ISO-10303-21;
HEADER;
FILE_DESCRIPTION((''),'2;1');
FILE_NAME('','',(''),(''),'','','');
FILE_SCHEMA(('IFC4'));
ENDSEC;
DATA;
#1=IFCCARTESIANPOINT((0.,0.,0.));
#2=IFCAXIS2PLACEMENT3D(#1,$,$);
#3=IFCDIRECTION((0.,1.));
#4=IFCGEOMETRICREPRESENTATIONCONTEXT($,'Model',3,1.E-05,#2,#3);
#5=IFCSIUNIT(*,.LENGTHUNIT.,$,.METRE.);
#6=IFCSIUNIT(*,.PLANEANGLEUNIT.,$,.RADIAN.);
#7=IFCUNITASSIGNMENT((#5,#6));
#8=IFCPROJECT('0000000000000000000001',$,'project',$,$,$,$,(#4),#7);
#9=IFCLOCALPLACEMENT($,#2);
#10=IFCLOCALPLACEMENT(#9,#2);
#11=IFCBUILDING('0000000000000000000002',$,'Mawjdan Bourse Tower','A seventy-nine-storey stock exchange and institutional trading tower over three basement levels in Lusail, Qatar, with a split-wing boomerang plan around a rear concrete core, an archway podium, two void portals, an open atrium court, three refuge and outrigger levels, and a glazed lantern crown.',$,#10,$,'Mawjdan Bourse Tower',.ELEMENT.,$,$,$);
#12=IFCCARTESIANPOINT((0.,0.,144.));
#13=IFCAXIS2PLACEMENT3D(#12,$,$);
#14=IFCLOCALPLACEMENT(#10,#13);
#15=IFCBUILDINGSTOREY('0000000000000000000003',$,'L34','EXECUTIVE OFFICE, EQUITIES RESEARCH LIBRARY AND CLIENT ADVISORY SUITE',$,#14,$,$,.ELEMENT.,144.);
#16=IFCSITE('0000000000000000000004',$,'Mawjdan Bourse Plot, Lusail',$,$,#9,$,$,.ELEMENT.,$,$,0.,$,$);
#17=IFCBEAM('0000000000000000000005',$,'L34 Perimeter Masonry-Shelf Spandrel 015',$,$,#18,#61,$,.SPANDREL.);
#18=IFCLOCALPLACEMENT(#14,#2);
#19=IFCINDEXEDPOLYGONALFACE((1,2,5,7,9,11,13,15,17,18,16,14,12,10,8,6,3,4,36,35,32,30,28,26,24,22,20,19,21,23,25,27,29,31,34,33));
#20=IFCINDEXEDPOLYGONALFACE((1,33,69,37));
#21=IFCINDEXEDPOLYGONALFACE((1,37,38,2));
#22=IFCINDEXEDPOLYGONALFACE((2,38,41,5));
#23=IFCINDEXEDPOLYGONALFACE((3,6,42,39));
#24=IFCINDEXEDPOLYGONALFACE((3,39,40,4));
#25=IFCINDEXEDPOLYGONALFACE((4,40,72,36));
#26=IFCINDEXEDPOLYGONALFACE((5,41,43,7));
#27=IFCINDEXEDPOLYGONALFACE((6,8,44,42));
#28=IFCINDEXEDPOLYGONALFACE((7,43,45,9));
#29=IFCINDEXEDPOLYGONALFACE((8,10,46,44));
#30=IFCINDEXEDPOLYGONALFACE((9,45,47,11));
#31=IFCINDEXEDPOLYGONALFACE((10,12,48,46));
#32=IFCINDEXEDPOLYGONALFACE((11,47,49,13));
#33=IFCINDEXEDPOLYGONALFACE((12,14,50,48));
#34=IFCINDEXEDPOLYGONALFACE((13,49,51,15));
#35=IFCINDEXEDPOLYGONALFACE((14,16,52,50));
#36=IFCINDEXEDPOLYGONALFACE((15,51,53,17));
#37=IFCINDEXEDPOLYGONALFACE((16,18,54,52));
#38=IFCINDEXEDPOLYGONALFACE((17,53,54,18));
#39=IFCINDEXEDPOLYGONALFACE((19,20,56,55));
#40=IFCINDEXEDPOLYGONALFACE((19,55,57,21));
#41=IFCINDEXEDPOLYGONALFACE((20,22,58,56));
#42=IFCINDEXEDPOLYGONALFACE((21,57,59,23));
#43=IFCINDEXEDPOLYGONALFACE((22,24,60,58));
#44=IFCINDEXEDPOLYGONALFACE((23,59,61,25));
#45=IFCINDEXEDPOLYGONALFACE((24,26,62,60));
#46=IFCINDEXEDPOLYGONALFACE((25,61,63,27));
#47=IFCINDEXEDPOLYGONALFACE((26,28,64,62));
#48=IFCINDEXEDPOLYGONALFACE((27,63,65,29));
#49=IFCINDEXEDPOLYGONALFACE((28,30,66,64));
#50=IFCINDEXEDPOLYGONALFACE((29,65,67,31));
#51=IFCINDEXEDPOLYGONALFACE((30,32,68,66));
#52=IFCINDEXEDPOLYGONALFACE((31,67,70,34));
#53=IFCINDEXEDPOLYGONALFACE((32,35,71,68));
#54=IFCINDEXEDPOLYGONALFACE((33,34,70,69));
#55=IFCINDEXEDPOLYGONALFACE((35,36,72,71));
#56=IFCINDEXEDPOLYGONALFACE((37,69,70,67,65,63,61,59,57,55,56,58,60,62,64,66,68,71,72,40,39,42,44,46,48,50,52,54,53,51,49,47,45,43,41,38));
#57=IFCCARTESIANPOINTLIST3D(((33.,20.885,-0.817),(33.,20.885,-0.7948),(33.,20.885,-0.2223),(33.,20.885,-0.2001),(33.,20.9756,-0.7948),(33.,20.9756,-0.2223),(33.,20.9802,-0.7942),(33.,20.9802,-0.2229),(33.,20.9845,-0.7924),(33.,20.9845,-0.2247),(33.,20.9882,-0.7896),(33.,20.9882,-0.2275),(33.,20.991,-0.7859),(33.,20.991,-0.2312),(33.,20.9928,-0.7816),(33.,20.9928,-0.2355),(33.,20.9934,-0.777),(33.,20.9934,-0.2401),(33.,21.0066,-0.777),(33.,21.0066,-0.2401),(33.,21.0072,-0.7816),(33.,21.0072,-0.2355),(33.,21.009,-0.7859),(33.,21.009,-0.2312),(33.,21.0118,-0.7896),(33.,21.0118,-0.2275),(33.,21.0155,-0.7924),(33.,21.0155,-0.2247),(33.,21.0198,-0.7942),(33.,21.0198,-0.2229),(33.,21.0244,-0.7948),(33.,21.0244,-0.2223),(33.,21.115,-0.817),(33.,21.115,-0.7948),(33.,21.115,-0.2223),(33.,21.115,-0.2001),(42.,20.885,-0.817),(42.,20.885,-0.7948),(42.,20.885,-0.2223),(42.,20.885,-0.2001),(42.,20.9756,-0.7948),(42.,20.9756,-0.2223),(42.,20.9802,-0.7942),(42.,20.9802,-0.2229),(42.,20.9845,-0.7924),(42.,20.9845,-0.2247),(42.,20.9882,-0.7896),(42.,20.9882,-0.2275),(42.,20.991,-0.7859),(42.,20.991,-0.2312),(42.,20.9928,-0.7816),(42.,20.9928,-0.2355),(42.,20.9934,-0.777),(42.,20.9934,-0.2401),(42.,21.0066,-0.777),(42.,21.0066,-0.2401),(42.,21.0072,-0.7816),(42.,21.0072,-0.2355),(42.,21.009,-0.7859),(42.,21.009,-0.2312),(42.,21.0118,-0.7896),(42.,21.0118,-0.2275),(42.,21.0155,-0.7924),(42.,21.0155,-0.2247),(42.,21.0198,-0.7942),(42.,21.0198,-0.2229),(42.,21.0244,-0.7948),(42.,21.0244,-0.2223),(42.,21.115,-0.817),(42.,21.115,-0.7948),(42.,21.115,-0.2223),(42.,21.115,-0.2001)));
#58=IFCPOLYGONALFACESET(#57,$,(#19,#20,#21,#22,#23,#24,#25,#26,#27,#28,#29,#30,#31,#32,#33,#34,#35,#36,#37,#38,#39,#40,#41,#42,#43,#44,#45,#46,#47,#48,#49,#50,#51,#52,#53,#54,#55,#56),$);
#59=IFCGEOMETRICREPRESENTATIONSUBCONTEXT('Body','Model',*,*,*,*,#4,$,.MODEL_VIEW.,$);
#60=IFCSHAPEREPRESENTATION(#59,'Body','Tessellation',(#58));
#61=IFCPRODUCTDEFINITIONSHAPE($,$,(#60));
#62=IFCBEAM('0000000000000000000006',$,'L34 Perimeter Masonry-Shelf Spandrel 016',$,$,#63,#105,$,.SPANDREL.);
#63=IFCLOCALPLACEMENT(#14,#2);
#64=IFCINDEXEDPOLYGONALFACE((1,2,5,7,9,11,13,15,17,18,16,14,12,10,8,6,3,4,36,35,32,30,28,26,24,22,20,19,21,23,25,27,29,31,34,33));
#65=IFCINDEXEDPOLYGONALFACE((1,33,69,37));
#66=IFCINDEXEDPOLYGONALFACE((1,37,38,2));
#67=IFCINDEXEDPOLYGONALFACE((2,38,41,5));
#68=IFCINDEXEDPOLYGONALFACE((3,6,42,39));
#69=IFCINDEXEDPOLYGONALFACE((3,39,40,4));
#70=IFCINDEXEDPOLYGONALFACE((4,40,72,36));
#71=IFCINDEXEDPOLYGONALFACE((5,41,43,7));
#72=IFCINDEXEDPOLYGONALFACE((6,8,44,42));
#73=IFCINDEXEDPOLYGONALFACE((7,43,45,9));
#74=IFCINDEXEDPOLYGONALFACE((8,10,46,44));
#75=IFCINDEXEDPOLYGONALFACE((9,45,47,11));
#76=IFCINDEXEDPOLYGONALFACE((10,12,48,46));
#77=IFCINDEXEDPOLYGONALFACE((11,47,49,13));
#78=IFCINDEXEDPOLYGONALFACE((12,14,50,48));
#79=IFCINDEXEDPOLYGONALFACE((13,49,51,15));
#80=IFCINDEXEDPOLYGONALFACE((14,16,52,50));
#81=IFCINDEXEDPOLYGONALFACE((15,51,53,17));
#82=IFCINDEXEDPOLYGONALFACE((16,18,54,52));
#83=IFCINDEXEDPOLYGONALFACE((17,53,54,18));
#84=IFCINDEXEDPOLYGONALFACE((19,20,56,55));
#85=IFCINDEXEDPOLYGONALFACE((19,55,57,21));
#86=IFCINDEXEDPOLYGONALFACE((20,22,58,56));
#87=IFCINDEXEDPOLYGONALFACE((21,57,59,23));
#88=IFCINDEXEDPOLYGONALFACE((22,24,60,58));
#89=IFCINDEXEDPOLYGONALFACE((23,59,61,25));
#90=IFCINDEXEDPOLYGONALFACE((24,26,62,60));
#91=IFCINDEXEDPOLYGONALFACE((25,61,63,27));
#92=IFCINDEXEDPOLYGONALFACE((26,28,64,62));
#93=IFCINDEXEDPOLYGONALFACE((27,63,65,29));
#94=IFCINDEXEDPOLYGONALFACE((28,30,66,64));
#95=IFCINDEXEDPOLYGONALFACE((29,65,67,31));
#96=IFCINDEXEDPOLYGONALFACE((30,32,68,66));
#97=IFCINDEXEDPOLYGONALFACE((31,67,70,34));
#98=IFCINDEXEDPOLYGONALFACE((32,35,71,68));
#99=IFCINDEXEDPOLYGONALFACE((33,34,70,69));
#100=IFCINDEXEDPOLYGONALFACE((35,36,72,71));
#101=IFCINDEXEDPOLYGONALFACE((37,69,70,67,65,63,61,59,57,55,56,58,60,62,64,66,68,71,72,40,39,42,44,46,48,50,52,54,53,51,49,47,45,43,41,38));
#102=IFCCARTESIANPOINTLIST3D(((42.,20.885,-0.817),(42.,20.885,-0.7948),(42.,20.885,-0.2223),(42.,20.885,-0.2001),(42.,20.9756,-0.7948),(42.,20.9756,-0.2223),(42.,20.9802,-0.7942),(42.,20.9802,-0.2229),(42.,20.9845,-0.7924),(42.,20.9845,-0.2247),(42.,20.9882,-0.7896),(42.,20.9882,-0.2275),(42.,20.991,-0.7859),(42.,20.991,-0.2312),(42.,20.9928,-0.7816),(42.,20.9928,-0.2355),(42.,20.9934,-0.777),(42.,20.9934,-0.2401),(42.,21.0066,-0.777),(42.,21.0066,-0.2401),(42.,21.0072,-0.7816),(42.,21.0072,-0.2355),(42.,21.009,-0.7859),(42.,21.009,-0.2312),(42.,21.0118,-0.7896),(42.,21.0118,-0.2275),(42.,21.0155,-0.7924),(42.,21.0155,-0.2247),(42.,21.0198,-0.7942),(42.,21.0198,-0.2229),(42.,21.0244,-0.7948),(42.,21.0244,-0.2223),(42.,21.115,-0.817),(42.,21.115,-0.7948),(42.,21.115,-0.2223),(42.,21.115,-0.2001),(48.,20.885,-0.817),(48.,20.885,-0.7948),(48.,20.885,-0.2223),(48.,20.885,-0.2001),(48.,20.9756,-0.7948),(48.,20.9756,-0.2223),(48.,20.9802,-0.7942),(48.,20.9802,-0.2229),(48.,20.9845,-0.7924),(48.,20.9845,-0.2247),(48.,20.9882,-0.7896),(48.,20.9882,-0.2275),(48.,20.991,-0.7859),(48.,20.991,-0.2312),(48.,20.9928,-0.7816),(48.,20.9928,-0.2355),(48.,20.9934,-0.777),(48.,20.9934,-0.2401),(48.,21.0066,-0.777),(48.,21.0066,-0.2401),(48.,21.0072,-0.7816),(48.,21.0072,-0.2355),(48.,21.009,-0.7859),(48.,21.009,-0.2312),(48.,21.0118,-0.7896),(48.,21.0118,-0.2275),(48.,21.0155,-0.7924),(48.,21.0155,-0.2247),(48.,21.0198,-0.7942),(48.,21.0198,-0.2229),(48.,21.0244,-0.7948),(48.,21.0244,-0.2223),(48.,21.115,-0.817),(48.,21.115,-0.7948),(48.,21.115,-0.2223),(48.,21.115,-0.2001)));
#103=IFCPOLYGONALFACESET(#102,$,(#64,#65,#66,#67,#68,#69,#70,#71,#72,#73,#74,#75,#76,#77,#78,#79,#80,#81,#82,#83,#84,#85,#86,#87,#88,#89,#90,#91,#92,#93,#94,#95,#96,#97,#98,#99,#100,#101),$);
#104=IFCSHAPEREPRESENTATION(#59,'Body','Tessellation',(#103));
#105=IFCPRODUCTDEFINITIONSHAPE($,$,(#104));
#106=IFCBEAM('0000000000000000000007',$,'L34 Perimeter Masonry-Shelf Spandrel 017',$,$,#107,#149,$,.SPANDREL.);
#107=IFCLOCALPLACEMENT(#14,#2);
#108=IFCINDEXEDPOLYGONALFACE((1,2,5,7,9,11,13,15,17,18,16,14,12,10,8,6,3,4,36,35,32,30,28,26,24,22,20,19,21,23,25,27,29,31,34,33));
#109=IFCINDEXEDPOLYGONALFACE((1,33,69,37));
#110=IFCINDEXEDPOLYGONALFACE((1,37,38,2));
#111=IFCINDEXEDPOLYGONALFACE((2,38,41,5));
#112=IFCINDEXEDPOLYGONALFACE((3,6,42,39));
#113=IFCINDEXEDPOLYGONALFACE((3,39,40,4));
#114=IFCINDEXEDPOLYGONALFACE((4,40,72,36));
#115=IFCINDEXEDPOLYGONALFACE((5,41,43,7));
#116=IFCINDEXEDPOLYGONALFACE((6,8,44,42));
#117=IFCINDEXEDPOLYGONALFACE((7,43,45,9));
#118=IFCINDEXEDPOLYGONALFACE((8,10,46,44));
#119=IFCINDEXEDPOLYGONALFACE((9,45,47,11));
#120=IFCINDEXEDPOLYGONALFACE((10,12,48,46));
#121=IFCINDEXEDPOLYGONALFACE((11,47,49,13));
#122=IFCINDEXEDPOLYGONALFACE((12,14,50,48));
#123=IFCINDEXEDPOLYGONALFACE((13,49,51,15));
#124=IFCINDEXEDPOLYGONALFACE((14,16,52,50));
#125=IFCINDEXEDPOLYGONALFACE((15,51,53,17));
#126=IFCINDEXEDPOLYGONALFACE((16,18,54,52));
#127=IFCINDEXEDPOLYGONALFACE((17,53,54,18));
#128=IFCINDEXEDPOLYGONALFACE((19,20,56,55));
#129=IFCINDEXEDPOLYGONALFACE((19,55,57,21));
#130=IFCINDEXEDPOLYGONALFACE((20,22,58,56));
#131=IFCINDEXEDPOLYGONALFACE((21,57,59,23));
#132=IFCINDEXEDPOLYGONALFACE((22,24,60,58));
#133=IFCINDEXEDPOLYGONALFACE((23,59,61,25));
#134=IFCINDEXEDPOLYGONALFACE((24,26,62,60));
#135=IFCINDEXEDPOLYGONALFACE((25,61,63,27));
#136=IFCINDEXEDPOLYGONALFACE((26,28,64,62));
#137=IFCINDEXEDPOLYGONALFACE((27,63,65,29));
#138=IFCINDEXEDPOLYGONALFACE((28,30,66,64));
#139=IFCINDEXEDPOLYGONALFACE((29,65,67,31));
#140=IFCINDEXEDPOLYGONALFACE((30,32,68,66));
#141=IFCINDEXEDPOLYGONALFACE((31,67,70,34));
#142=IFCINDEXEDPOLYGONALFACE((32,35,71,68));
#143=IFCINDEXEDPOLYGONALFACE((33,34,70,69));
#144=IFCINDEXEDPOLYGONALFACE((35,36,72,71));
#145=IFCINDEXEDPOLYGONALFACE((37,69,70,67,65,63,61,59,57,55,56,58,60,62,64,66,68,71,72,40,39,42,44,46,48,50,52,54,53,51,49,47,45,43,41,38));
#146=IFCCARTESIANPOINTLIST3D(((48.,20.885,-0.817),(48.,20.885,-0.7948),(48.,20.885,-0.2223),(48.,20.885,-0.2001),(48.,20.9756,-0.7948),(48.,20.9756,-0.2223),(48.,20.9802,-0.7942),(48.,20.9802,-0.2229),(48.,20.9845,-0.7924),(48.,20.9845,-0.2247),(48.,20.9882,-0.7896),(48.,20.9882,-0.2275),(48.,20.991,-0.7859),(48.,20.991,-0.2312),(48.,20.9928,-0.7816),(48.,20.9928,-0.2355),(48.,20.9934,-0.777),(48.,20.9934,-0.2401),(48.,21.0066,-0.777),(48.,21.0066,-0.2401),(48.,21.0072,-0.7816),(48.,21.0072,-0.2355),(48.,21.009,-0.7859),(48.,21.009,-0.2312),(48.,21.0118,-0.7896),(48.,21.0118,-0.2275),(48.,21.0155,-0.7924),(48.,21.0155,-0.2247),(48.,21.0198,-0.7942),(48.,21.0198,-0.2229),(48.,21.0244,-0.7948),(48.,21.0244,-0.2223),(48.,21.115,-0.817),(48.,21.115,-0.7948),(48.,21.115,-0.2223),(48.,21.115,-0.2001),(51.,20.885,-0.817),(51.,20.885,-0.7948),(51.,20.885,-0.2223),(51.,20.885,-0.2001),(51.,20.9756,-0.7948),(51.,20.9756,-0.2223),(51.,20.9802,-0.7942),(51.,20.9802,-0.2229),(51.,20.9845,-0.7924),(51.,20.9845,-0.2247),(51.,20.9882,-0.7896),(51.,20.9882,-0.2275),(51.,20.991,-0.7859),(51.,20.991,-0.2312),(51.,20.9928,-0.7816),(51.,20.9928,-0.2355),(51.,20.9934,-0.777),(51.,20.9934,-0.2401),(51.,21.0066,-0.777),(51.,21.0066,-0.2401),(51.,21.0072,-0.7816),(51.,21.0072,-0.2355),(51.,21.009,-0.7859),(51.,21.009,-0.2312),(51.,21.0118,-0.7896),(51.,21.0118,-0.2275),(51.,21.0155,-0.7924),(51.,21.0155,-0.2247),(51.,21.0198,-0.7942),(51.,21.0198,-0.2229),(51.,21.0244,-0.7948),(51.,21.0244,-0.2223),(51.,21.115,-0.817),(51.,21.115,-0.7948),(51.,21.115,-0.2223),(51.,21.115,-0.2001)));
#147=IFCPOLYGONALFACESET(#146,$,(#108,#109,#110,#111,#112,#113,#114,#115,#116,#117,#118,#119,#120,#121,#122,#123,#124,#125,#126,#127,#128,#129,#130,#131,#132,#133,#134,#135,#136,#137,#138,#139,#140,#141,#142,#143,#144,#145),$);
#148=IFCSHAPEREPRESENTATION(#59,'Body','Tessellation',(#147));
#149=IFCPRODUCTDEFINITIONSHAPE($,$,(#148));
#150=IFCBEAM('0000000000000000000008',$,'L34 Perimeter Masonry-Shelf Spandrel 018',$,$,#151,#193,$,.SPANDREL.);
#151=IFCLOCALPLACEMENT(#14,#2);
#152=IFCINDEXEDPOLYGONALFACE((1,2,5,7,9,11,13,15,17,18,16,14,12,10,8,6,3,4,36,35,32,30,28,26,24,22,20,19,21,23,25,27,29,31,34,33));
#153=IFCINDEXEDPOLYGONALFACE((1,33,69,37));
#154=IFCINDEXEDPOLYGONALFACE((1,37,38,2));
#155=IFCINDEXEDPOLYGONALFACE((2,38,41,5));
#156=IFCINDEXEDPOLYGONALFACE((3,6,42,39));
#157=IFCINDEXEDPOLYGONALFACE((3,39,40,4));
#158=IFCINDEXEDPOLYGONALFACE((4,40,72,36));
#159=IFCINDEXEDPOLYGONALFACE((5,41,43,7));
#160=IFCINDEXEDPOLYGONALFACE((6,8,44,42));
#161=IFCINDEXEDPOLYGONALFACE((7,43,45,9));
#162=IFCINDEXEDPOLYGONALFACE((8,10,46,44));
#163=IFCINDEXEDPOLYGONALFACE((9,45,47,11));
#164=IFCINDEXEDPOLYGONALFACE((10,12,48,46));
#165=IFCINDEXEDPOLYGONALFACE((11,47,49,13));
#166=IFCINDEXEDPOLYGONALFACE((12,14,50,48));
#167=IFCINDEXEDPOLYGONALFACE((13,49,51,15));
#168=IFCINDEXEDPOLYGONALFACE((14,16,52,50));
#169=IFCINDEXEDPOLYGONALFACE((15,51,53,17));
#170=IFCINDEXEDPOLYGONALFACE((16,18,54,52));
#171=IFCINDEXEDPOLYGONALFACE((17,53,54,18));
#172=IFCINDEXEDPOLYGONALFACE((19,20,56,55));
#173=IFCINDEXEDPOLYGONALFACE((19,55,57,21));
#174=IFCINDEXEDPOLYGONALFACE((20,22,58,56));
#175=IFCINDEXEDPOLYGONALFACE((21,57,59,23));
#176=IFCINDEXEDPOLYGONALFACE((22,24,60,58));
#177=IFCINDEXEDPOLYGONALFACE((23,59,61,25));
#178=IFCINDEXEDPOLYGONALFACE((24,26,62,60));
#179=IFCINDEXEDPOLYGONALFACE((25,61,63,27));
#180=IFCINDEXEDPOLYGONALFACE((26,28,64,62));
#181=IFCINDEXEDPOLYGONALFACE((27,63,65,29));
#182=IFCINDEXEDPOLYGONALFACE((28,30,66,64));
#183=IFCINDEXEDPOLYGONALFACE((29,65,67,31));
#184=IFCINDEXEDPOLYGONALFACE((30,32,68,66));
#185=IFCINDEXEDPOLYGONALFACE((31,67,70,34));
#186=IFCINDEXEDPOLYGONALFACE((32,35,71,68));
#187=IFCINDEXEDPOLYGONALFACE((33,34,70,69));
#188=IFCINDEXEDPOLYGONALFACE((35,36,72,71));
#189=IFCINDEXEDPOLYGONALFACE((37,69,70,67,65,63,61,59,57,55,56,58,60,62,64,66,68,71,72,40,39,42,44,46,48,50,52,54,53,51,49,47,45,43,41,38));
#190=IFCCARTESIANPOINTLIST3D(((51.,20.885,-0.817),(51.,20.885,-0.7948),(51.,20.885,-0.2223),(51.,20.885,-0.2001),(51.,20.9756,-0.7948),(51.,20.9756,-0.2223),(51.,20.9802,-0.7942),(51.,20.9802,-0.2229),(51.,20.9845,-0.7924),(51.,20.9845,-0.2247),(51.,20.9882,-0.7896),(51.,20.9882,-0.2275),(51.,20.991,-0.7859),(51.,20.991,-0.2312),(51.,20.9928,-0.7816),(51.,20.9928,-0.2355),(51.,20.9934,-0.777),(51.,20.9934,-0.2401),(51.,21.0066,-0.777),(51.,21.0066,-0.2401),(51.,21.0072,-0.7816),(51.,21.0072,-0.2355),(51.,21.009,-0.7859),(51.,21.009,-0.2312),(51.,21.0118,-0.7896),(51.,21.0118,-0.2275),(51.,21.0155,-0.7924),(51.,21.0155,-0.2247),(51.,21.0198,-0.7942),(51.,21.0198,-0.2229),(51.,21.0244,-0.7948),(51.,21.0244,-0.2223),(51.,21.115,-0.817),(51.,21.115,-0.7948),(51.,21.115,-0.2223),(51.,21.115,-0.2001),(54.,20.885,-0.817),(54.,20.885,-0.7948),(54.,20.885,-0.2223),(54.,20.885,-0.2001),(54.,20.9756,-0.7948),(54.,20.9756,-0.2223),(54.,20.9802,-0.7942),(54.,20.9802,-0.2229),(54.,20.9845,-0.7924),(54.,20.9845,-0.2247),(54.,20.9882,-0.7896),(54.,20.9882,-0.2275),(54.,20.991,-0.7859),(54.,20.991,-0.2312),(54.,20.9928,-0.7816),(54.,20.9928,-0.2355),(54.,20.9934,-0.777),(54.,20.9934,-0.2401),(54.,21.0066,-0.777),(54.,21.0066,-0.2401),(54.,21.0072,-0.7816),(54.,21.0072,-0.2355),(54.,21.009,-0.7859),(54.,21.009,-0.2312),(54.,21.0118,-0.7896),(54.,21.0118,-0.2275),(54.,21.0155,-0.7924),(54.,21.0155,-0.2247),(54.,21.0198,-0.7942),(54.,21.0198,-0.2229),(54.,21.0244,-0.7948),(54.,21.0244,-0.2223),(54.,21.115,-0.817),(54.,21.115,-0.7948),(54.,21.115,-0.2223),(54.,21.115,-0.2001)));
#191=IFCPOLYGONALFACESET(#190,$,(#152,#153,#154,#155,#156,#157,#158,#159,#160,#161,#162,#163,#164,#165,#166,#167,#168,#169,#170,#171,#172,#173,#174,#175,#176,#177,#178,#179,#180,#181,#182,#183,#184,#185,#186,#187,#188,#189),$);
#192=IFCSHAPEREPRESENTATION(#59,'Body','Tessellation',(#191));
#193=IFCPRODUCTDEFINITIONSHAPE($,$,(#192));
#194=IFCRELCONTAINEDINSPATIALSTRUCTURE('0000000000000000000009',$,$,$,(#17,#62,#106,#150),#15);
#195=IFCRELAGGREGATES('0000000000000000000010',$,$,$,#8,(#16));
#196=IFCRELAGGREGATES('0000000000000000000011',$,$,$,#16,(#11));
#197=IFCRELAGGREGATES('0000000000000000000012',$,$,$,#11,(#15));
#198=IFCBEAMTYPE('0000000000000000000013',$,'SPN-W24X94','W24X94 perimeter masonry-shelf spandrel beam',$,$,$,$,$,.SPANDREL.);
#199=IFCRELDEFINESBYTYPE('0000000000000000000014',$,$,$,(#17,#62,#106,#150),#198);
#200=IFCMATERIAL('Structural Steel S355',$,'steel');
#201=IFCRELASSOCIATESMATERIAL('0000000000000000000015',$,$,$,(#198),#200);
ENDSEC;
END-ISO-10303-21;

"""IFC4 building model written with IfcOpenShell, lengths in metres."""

from ifc_helpers import new_model, si_unit, direction, frame, origin, origin_2d, place, context, subcontext, project, spatial, i_section, extrude, material, material_profile, profile_set, type_object, element, save


model = new_model("IFC4")

# Units and contexts
model_context = context("Model", 3, precision=1e-05, world=origin(), true_north=direction((0.0, 1.0)))
body_context = subcontext(model_context, "Body", "Model", "MODEL_VIEW")
ifc_project = project(units=[si_unit("LENGTHUNIT", "METRE"), si_unit("PLANEANGLEUNIT", "RADIAN")], contexts=[model_context])

# Site, building, storey
site_placement = place(None, origin())
site = spatial("IfcSite", under=ifc_project, at=site_placement, Name="Mawjdan Bourse Plot, Lusail", CompositionType="ELEMENT", RefElevation=0.0)
building_placement = place(site_placement, origin())
building = spatial("IfcBuilding", under=site, at=building_placement, Name="Mawjdan Bourse Tower", Description="A seventy-nine-storey stock exchange and institutional trading tower over three basement levels in Lusail, Qatar, with a split-wing boomerang plan around a rear concrete core, an archway podium, two void portals, an open atrium court, three refuge and outrigger levels, and a glazed lantern crown.", LongName="Mawjdan Bourse Tower", CompositionType="ELEMENT")
storey_placement = place(building_placement, frame((0.0, 0.0, 144.0)))
storey = spatial("IfcBuildingStorey", under=building, at=storey_placement, Name="L34", Description="EXECUTIVE OFFICE, EQUITIES RESEARCH LIBRARY AND CLIENT ADVISORY SUITE", CompositionType="ELEMENT", Elevation=144.0)

# Beams
ifc_material_1 = material(Name="Structural Steel S355", Category="steel")
ifc_material_profile_1 = material_profile(ifc_material_1, i_section(OverallWidth=0.23, OverallDepth=0.6169, WebThickness=0.0132, FlangeThickness=0.0222, FilletRadius=0.0178, at=origin_2d()), Name="W24X94")
ifc_profile_set_1 = profile_set([ifc_material_profile_1], Name="Structural Steel S355")
beam_type_1 = type_object("IfcBeamType", Name="SPN-W24X94", Description="W24X94 perimeter masonry-shelf spandrel beam", PredefinedType="SPANDREL", material=ifc_profile_set_1)
beam_1_placement = place(storey_placement, frame((33.0, 21.0, -0.5085), z_axis=(1.0, 0.0, 0.0), x_axis=(0.0, 1.0, 0.0)))
element("IfcBeam", 1, at=beam_1_placement, inside=storey, type_object=beam_type_1, Name="L34 Perimeter Masonry-Shelf Spandrel 015", PredefinedType="SPANDREL", context=body_context, shape_type="SweptSolid", body=[
    extrude(i_section(OverallWidth=0.23, OverallDepth=0.6169, WebThickness=0.0132, FlangeThickness=0.0222, FilletRadius=0.0178, at=origin_2d()), origin(), (0.0, 0.0, 1.0), 9.0),
])
beam_2_placement = place(storey_placement, frame((42.0, 21.0, -0.5085), z_axis=(1.0, 0.0, 0.0), x_axis=(0.0, 1.0, 0.0)))
element("IfcBeam", 2, at=beam_2_placement, inside=storey, type_object=beam_type_1, Name="L34 Perimeter Masonry-Shelf Spandrel 016", PredefinedType="SPANDREL", context=body_context, shape_type="SweptSolid", body=[
    extrude(i_section(OverallWidth=0.23, OverallDepth=0.6169, WebThickness=0.0132, FlangeThickness=0.0222, FilletRadius=0.0178, at=origin_2d()), origin(), (0.0, 0.0, 1.0), 6.0),
])
for number, where, z_axis, x_axis, name in (
    (3, (48.0, 21.0, -0.5085), (1.0, 0.0, 0.0), (0.0, 1.0, 0.0), "L34 Perimeter Masonry-Shelf Spandrel 017"),
    (4, (51.0, 21.0, -0.5085), (1.0, 0.0, 0.0), (0.0, 1.0, 0.0), "L34 Perimeter Masonry-Shelf Spandrel 018"),
):
    element("IfcBeam", number, at=place(storey_placement, frame(where, z_axis=z_axis, x_axis=x_axis)), inside=storey, type_object=beam_type_1, Name=name, PredefinedType="SPANDREL", context=body_context, shape_type="SweptSolid", body=[
        extrude(i_section(OverallWidth=0.23, OverallDepth=0.6169, WebThickness=0.0132, FlangeThickness=0.0222, FilletRadius=0.0178, at=origin_2d()), origin(), (0.0, 0.0, 1.0), 3.0),
    ])

save(model, "model.ifc")
